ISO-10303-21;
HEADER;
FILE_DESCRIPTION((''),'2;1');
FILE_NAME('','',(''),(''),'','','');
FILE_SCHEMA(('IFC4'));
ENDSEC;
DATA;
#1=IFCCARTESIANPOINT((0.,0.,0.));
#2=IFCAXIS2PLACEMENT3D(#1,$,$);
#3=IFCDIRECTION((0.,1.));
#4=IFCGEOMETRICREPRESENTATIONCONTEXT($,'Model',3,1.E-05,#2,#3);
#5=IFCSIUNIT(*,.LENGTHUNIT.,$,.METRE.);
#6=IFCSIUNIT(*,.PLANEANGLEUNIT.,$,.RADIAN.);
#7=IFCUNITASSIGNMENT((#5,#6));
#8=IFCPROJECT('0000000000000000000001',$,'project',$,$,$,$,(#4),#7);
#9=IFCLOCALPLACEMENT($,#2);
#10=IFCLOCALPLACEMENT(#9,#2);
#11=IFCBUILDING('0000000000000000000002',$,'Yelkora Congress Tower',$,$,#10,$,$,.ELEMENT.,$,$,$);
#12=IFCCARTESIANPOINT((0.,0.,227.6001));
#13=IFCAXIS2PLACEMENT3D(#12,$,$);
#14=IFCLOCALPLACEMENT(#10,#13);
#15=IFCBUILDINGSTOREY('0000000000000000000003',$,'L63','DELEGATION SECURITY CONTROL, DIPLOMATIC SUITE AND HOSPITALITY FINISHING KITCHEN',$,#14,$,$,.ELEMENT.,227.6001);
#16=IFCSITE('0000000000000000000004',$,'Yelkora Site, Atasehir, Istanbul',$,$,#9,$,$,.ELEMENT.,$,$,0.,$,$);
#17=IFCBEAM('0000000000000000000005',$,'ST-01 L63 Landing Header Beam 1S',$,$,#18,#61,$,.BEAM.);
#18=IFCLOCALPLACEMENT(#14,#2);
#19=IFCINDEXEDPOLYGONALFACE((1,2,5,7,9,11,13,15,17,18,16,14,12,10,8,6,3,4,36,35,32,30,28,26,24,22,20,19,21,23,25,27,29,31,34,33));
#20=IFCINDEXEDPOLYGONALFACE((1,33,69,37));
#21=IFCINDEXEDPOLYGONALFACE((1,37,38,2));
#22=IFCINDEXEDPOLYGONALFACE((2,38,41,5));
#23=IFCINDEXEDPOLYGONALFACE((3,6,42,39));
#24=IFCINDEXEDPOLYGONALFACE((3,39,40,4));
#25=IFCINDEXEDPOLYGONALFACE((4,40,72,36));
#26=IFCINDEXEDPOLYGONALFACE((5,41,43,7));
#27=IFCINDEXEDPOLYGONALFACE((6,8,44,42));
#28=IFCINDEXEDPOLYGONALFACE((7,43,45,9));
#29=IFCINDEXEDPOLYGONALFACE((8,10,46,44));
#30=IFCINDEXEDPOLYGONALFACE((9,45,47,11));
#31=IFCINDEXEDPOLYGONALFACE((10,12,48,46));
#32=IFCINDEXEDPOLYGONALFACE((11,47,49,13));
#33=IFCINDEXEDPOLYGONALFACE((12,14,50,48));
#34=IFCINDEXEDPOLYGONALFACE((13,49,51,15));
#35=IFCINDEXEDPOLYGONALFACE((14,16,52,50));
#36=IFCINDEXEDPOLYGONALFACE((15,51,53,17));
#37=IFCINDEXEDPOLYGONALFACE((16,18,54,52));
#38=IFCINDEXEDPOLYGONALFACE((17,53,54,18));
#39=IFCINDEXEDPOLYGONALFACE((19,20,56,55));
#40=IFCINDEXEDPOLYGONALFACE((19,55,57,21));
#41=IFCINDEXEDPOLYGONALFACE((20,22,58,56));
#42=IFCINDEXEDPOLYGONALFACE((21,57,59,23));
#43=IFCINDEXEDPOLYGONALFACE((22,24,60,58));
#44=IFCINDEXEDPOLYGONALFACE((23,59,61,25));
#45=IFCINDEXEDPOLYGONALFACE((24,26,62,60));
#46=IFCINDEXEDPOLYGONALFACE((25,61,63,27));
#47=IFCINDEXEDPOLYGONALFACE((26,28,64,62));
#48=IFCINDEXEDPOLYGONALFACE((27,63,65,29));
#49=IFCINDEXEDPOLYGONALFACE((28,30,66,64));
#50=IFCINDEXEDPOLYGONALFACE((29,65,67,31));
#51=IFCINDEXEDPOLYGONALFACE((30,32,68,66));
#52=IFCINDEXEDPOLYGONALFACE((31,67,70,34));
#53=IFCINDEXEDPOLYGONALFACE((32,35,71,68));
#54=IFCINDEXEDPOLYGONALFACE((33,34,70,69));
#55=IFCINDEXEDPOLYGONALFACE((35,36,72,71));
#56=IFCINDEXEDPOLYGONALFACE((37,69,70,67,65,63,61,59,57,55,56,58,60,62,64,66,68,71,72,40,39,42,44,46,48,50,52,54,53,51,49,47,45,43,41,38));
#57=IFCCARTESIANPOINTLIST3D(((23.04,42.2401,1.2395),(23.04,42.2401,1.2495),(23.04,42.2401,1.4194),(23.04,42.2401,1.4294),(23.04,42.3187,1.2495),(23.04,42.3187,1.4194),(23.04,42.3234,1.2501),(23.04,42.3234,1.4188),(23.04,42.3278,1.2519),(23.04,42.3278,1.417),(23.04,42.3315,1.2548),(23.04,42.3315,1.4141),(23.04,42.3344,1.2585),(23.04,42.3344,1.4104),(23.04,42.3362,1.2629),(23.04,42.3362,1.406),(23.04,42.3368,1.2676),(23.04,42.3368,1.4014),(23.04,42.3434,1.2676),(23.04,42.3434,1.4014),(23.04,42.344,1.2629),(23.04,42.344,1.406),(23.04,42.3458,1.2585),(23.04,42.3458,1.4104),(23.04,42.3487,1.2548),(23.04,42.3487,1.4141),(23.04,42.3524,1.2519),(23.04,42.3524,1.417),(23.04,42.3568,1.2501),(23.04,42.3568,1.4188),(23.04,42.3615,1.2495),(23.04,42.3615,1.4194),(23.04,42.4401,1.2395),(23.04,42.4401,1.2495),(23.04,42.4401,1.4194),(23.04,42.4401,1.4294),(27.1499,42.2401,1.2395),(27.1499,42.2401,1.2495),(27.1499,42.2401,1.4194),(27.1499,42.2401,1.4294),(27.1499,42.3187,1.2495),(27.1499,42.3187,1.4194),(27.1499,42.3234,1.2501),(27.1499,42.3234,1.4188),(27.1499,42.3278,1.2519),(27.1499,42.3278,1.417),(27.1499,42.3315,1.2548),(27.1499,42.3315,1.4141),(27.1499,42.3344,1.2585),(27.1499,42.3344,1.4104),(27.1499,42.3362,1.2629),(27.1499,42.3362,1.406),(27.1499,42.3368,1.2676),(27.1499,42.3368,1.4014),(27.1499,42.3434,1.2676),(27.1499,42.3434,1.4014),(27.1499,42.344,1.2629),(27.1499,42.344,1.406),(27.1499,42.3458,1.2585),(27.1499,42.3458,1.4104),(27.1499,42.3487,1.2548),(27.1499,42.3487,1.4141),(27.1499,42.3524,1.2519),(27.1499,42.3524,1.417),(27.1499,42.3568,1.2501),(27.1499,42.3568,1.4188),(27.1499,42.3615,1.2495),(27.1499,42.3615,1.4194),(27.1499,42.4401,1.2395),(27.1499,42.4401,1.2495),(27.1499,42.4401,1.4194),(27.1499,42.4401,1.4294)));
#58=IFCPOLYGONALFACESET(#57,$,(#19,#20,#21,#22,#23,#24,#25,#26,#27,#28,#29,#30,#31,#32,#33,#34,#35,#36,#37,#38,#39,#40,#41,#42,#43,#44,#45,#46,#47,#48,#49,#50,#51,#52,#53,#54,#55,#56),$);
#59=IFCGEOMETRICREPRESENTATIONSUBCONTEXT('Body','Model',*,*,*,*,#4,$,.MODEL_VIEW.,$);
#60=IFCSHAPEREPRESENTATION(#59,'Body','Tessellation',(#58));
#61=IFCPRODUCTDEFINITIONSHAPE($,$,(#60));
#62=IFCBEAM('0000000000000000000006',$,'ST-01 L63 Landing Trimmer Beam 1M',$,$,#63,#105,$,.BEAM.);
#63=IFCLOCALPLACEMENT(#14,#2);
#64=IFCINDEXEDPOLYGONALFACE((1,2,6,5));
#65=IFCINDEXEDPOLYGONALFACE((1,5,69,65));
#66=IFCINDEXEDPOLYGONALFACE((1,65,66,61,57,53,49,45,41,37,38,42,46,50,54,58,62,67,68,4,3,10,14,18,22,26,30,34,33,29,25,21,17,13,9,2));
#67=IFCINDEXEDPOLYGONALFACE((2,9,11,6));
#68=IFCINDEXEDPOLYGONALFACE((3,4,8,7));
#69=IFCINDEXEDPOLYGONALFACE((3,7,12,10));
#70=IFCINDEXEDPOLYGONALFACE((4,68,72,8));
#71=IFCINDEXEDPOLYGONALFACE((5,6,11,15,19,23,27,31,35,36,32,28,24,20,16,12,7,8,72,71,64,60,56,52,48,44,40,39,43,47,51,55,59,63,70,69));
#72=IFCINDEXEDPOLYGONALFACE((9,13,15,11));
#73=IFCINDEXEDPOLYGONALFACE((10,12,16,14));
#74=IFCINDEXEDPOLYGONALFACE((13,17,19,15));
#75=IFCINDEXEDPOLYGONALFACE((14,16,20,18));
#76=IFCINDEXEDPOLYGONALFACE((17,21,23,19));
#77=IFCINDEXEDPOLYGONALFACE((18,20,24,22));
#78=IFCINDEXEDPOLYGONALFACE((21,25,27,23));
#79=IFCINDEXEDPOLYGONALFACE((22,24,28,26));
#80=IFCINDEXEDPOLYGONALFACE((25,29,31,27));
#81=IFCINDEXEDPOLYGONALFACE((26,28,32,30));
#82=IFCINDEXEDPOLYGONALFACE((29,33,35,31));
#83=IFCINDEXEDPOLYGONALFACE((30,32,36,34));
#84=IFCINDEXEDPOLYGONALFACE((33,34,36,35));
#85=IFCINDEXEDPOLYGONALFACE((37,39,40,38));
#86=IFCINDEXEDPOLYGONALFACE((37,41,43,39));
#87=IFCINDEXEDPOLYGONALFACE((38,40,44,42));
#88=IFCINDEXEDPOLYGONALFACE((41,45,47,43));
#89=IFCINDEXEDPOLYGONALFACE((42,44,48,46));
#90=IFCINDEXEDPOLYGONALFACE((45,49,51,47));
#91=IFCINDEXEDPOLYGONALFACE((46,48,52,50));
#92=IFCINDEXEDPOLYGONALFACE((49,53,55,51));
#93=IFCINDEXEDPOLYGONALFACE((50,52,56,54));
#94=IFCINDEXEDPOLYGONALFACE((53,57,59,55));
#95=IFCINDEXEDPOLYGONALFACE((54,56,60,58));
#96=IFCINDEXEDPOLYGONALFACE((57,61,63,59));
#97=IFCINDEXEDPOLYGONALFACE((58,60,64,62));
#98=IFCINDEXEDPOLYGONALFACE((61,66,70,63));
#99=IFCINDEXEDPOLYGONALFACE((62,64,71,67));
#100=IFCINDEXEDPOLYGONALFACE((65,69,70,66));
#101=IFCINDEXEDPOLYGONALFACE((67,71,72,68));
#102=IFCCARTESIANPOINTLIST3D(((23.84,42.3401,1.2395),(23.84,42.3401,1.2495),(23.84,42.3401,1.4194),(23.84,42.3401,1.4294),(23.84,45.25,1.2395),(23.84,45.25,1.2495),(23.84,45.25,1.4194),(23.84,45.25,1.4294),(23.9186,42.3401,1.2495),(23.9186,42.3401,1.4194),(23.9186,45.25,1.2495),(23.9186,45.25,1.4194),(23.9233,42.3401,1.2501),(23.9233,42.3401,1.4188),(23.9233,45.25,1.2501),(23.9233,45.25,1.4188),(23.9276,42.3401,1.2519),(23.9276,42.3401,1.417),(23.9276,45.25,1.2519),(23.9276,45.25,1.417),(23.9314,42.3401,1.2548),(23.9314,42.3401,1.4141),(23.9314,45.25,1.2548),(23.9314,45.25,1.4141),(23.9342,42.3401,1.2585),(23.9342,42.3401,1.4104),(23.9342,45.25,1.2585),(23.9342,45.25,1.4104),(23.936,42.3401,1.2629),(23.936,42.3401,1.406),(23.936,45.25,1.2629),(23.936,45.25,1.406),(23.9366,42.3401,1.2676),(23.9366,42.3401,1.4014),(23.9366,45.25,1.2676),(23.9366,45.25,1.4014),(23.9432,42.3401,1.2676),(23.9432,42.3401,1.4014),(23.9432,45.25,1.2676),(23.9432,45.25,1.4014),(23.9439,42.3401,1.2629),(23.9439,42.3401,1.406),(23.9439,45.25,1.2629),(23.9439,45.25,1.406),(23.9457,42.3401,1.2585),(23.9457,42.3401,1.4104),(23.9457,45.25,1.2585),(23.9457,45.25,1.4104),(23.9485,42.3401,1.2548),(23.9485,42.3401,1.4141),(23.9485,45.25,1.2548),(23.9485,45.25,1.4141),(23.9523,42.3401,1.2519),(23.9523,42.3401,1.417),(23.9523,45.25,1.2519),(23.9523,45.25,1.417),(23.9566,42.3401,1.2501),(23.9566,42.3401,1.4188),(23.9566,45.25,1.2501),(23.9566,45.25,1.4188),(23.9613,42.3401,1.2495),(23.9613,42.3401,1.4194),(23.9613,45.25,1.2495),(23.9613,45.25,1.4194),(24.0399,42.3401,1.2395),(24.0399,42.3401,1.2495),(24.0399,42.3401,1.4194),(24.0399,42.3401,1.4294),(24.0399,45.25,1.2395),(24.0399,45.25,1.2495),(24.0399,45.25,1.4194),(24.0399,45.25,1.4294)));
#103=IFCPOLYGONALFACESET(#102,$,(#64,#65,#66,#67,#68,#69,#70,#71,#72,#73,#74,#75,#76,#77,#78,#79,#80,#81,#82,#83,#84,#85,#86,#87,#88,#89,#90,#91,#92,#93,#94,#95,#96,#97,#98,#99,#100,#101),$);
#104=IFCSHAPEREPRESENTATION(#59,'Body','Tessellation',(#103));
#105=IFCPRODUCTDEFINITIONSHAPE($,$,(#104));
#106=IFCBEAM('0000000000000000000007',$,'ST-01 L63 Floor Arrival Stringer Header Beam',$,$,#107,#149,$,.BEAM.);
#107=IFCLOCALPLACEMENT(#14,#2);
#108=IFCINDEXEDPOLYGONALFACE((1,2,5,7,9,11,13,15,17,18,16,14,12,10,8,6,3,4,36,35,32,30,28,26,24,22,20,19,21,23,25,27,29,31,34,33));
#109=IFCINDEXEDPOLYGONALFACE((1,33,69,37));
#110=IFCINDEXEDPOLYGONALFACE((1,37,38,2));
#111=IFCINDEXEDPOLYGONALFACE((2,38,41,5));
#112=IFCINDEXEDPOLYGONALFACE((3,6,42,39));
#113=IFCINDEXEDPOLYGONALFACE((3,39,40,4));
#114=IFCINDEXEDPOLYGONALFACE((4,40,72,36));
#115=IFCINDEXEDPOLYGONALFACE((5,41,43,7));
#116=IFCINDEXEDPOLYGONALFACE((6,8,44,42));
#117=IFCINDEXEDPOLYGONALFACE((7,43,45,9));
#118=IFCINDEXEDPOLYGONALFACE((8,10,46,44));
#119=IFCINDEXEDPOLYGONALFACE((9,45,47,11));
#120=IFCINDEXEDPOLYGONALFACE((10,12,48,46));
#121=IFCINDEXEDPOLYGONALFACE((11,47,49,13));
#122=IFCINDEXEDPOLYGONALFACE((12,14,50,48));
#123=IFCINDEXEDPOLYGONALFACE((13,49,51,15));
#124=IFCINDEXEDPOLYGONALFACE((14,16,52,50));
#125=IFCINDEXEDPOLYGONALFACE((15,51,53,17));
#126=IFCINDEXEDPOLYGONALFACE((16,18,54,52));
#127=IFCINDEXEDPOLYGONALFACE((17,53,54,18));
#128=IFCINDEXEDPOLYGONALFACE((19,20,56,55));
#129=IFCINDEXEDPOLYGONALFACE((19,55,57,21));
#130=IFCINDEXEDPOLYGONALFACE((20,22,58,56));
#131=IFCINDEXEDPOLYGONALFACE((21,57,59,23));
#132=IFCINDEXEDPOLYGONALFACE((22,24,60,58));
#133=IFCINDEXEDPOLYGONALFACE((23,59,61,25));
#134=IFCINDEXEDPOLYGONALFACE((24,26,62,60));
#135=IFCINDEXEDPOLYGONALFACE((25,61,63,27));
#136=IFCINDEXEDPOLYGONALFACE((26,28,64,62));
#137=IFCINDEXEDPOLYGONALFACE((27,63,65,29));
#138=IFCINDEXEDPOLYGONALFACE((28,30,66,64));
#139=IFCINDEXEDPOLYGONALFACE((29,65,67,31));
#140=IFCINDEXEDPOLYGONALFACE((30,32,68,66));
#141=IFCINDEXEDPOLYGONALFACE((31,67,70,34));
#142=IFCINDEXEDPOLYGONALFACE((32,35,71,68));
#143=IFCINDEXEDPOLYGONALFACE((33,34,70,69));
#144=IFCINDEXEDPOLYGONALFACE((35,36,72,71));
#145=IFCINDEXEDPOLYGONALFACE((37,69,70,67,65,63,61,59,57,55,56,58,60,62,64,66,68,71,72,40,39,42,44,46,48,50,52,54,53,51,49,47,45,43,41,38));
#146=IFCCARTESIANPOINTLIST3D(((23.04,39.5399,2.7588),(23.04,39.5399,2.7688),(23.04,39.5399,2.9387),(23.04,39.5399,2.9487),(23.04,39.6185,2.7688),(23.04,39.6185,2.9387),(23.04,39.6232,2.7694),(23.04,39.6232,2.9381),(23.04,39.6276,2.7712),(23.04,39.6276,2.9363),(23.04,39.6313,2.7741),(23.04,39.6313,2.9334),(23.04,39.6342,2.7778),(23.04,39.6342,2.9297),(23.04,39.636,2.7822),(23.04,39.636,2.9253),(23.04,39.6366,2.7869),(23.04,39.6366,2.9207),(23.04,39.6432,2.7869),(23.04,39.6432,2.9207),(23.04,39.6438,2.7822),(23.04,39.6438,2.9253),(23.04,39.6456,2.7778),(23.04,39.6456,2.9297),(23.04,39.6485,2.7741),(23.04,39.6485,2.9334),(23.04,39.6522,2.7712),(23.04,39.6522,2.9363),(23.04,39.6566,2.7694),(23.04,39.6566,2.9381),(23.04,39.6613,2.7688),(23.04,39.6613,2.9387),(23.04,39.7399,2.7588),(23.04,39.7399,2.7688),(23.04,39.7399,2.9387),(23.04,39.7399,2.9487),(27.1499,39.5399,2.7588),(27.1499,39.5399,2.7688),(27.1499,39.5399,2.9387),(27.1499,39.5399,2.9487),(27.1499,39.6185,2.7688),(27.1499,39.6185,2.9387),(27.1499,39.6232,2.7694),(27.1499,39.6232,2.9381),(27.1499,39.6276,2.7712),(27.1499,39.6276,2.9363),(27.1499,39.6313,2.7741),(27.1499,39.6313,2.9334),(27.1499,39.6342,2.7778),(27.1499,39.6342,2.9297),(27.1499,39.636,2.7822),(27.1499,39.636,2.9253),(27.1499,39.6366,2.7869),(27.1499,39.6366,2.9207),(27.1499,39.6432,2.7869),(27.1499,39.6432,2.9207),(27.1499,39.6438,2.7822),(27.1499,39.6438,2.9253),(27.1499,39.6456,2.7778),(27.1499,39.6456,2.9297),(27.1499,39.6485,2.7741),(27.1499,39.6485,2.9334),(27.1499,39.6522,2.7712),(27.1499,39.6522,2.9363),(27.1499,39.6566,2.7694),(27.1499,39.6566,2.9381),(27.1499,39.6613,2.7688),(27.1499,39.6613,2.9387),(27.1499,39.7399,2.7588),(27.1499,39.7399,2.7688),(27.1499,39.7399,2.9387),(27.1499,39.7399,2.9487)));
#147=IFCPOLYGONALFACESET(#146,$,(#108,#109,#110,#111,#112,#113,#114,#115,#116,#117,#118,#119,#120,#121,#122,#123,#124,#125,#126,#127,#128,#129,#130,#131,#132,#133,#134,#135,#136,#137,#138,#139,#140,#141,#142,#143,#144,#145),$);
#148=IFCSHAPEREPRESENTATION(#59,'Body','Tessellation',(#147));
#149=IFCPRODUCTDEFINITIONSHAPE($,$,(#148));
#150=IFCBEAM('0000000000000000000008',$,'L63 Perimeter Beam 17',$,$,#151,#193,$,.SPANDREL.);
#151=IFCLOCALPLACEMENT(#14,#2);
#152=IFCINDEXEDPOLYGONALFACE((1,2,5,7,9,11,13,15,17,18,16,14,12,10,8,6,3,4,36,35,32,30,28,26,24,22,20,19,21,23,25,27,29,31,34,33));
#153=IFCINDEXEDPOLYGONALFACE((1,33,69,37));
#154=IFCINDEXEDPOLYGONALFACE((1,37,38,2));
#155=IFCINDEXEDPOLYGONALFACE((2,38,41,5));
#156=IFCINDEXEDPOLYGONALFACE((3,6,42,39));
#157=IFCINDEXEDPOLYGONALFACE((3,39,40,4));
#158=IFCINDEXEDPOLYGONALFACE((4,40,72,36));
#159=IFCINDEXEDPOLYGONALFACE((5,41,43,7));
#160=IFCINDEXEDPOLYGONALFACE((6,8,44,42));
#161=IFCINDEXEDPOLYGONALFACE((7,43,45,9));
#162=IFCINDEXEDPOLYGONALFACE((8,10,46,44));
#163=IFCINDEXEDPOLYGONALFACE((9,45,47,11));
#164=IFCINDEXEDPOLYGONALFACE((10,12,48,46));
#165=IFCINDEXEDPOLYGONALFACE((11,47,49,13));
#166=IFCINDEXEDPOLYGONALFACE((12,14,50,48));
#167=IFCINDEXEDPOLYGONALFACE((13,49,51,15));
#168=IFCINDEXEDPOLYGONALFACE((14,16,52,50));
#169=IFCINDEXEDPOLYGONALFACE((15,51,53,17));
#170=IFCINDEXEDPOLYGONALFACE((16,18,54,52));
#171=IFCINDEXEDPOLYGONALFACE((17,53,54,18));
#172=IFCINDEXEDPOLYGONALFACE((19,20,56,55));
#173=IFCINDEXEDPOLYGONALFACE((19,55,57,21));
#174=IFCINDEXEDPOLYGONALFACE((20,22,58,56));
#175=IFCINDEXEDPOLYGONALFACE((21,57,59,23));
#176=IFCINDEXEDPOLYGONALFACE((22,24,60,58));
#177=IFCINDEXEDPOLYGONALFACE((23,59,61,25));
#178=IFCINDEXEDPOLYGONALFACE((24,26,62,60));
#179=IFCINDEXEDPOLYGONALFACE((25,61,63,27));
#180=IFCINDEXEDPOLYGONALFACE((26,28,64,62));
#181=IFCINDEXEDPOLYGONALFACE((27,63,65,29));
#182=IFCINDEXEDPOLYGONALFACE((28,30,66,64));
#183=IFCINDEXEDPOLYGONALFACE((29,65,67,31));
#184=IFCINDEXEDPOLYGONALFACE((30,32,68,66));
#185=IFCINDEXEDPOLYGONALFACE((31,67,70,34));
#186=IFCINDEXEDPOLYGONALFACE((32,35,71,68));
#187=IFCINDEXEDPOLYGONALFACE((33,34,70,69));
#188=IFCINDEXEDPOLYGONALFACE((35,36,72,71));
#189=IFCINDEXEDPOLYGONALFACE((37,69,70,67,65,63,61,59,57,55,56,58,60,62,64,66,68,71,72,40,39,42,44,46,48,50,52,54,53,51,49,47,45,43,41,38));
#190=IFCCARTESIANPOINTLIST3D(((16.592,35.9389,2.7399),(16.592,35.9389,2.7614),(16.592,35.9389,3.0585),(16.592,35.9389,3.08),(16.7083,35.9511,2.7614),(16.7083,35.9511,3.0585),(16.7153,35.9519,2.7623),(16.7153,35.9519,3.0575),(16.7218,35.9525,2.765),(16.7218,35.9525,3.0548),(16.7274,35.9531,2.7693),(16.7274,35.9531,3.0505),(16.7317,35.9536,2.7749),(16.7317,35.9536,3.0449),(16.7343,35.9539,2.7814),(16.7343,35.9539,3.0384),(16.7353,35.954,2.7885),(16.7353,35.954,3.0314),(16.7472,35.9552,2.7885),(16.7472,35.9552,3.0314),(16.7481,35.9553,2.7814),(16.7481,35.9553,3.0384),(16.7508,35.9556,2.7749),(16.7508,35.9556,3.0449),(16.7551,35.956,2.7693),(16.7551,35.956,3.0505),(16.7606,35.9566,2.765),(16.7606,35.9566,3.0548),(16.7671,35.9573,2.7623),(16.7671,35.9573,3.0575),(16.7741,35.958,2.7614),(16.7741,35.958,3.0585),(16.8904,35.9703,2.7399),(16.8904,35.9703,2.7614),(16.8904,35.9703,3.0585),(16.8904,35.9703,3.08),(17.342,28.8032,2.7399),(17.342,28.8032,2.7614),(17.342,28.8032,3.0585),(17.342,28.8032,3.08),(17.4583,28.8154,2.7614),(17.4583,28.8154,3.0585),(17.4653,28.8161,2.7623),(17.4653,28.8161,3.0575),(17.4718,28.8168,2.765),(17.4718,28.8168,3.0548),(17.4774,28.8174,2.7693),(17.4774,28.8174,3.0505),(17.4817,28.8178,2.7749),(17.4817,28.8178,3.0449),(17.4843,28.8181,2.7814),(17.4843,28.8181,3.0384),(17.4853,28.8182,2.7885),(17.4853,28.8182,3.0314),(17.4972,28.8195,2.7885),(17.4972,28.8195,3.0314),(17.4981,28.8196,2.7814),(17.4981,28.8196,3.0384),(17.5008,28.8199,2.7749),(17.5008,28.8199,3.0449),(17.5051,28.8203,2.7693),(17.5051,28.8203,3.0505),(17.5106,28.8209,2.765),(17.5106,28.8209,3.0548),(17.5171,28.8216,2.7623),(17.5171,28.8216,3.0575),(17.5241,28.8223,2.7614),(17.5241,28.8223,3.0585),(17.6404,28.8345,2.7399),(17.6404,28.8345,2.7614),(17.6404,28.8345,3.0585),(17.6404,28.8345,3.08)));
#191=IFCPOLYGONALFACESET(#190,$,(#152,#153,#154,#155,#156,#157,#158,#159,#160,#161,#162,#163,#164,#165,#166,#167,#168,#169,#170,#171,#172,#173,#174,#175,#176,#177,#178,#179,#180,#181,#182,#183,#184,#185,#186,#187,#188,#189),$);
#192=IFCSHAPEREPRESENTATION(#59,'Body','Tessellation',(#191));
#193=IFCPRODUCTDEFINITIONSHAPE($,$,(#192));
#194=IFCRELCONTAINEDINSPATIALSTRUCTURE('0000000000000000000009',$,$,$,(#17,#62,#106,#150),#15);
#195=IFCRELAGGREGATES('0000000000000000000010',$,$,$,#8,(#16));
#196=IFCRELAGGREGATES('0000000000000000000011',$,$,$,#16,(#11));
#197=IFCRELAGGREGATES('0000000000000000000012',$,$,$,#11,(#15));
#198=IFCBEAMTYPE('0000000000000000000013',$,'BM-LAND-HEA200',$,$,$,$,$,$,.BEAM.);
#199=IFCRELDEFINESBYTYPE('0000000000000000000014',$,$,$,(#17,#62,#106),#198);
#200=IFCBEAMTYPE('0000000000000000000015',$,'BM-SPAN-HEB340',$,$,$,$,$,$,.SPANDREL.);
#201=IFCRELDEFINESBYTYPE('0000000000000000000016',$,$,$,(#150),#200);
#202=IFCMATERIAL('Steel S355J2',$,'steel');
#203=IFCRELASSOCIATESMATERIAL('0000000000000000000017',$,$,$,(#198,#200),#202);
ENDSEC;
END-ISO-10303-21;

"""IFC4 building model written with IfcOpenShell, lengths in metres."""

from ifc_helpers import new_model, si_unit, direction, frame, origin, origin_2d, place, context, subcontext, project, spatial, i_section, extrude, material, material_profile, profile_set, type_object, element, save


model = new_model("IFC4")

# Units and contexts
model_context = context("Model", 3, precision=1e-05, world=origin(), true_north=direction((0.0, 1.0)))
body_context = subcontext(model_context, "Body", "Model", "MODEL_VIEW")
ifc_project = project(units=[si_unit("LENGTHUNIT", "METRE"), si_unit("PLANEANGLEUNIT", "RADIAN")], contexts=[model_context])

# Site, building, storey
site_placement = place(None, origin())
site = spatial("IfcSite", under=ifc_project, at=site_placement, Name="Yelkora Site, Atasehir, Istanbul", CompositionType="ELEMENT", RefElevation=0.0)
building_placement = place(site_placement, origin())
building = spatial("IfcBuilding", under=site, at=building_placement, Name="Yelkora Congress Tower", CompositionType="ELEMENT")
storey_placement = place(building_placement, frame((0.0, 0.0, 227.6001)))
storey = spatial("IfcBuildingStorey", under=building, at=storey_placement, Name="L63", Description="DELEGATION SECURITY CONTROL, DIPLOMATIC SUITE AND HOSPITALITY FINISHING KITCHEN", CompositionType="ELEMENT", Elevation=227.6001)

# Shared definitions
ifc_material_1 = material(Name="Steel S355J2", Category="steel")

# Beams
ifc_material_profile_1 = material_profile(ifc_material_1, i_section(OverallWidth=0.2, OverallDepth=0.1899, WebThickness=0.0066, FlangeThickness=0.01, FilletRadius=0.0181, at=origin_2d()), Name="HEA 200")
ifc_profile_set_1 = profile_set([ifc_material_profile_1], Name="Steel S355J2")
beam_type_1 = type_object("IfcBeamType", Name="BM-LAND-HEA200", PredefinedType="BEAM", material=ifc_profile_set_1)
beam_1_placement = place(storey_placement, frame((23.04, 42.3401, 1.3345), z_axis=(1.0, 0.0, 0.0), x_axis=(0.0, 1.0, 0.0)))
element("IfcBeam", 1, at=beam_1_placement, inside=storey, type_object=beam_type_1, Name="ST-01 L63 Landing Header Beam 1S", PredefinedType="BEAM", context=body_context, shape_type="SweptSolid", body=[
    extrude(i_section(OverallWidth=0.2, OverallDepth=0.1899, WebThickness=0.0066, FlangeThickness=0.01, FilletRadius=0.0181, at=origin_2d()), origin(), (0.0, 0.0, 1.0), 4.1099),
])
beam_2_placement = place(storey_placement, frame((23.9399, 42.3401, 1.3345), z_axis=(0.0, 1.0, 0.0), x_axis=(-1.0, 0.0, 0.0)))
element("IfcBeam", 2, at=beam_2_placement, inside=storey, type_object=beam_type_1, Name="ST-01 L63 Landing Trimmer Beam 1M", PredefinedType="BEAM", context=body_context, shape_type="SweptSolid", body=[
    extrude(i_section(OverallWidth=0.2, OverallDepth=0.1899, WebThickness=0.0066, FlangeThickness=0.01, FilletRadius=0.0181, at=origin_2d()), origin(), (0.0, 0.0, 1.0), 2.9099),
])
beam_3_placement = place(storey_placement, frame((23.04, 39.6399, 2.8538), z_axis=(1.0, 0.0, 0.0), x_axis=(0.0, 1.0, 0.0)))
element("IfcBeam", 3, at=beam_3_placement, inside=storey, type_object=beam_type_1, Name="ST-01 L63 Floor Arrival Stringer Header Beam", PredefinedType="BEAM", context=body_context, shape_type="SweptSolid", body=[
    extrude(i_section(OverallWidth=0.2, OverallDepth=0.1899, WebThickness=0.0066, FlangeThickness=0.01, FilletRadius=0.0181, at=origin_2d()), origin(), (0.0, 0.0, 1.0), 4.1099),
])
ifc_material_profile_2 = material_profile(ifc_material_1, i_section(OverallWidth=0.3, OverallDepth=0.3401, WebThickness=0.012, FlangeThickness=0.0215, FilletRadius=0.0271, at=origin_2d()), Name="HEB 340")
ifc_profile_set_2 = profile_set([ifc_material_profile_2], Name="Steel S355J2")
beam_type_2 = type_object("IfcBeamType", Name="BM-SPAN-HEB340", PredefinedType="SPANDREL", material=ifc_profile_set_2)
beam_4_placement = place(storey_placement, frame((16.7412, 35.9546, 2.9099), z_axis=(0.104529, -0.994522, 0.0), x_axis=(0.994522, 0.104529, 0.0)))
element("IfcBeam", 4, at=beam_4_placement, inside=storey, type_object=beam_type_2, Name="L63 Perimeter Beam 17", PredefinedType="SPANDREL", context=body_context, shape_type="SweptSolid", body=[
    extrude(i_section(OverallWidth=0.3, OverallDepth=0.3401, WebThickness=0.012, FlangeThickness=0.0215, FilletRadius=0.0271, at=origin_2d()), origin(), (0.0, 0.0, 1.0), 7.175),
])

save(model, "model.ifc")
